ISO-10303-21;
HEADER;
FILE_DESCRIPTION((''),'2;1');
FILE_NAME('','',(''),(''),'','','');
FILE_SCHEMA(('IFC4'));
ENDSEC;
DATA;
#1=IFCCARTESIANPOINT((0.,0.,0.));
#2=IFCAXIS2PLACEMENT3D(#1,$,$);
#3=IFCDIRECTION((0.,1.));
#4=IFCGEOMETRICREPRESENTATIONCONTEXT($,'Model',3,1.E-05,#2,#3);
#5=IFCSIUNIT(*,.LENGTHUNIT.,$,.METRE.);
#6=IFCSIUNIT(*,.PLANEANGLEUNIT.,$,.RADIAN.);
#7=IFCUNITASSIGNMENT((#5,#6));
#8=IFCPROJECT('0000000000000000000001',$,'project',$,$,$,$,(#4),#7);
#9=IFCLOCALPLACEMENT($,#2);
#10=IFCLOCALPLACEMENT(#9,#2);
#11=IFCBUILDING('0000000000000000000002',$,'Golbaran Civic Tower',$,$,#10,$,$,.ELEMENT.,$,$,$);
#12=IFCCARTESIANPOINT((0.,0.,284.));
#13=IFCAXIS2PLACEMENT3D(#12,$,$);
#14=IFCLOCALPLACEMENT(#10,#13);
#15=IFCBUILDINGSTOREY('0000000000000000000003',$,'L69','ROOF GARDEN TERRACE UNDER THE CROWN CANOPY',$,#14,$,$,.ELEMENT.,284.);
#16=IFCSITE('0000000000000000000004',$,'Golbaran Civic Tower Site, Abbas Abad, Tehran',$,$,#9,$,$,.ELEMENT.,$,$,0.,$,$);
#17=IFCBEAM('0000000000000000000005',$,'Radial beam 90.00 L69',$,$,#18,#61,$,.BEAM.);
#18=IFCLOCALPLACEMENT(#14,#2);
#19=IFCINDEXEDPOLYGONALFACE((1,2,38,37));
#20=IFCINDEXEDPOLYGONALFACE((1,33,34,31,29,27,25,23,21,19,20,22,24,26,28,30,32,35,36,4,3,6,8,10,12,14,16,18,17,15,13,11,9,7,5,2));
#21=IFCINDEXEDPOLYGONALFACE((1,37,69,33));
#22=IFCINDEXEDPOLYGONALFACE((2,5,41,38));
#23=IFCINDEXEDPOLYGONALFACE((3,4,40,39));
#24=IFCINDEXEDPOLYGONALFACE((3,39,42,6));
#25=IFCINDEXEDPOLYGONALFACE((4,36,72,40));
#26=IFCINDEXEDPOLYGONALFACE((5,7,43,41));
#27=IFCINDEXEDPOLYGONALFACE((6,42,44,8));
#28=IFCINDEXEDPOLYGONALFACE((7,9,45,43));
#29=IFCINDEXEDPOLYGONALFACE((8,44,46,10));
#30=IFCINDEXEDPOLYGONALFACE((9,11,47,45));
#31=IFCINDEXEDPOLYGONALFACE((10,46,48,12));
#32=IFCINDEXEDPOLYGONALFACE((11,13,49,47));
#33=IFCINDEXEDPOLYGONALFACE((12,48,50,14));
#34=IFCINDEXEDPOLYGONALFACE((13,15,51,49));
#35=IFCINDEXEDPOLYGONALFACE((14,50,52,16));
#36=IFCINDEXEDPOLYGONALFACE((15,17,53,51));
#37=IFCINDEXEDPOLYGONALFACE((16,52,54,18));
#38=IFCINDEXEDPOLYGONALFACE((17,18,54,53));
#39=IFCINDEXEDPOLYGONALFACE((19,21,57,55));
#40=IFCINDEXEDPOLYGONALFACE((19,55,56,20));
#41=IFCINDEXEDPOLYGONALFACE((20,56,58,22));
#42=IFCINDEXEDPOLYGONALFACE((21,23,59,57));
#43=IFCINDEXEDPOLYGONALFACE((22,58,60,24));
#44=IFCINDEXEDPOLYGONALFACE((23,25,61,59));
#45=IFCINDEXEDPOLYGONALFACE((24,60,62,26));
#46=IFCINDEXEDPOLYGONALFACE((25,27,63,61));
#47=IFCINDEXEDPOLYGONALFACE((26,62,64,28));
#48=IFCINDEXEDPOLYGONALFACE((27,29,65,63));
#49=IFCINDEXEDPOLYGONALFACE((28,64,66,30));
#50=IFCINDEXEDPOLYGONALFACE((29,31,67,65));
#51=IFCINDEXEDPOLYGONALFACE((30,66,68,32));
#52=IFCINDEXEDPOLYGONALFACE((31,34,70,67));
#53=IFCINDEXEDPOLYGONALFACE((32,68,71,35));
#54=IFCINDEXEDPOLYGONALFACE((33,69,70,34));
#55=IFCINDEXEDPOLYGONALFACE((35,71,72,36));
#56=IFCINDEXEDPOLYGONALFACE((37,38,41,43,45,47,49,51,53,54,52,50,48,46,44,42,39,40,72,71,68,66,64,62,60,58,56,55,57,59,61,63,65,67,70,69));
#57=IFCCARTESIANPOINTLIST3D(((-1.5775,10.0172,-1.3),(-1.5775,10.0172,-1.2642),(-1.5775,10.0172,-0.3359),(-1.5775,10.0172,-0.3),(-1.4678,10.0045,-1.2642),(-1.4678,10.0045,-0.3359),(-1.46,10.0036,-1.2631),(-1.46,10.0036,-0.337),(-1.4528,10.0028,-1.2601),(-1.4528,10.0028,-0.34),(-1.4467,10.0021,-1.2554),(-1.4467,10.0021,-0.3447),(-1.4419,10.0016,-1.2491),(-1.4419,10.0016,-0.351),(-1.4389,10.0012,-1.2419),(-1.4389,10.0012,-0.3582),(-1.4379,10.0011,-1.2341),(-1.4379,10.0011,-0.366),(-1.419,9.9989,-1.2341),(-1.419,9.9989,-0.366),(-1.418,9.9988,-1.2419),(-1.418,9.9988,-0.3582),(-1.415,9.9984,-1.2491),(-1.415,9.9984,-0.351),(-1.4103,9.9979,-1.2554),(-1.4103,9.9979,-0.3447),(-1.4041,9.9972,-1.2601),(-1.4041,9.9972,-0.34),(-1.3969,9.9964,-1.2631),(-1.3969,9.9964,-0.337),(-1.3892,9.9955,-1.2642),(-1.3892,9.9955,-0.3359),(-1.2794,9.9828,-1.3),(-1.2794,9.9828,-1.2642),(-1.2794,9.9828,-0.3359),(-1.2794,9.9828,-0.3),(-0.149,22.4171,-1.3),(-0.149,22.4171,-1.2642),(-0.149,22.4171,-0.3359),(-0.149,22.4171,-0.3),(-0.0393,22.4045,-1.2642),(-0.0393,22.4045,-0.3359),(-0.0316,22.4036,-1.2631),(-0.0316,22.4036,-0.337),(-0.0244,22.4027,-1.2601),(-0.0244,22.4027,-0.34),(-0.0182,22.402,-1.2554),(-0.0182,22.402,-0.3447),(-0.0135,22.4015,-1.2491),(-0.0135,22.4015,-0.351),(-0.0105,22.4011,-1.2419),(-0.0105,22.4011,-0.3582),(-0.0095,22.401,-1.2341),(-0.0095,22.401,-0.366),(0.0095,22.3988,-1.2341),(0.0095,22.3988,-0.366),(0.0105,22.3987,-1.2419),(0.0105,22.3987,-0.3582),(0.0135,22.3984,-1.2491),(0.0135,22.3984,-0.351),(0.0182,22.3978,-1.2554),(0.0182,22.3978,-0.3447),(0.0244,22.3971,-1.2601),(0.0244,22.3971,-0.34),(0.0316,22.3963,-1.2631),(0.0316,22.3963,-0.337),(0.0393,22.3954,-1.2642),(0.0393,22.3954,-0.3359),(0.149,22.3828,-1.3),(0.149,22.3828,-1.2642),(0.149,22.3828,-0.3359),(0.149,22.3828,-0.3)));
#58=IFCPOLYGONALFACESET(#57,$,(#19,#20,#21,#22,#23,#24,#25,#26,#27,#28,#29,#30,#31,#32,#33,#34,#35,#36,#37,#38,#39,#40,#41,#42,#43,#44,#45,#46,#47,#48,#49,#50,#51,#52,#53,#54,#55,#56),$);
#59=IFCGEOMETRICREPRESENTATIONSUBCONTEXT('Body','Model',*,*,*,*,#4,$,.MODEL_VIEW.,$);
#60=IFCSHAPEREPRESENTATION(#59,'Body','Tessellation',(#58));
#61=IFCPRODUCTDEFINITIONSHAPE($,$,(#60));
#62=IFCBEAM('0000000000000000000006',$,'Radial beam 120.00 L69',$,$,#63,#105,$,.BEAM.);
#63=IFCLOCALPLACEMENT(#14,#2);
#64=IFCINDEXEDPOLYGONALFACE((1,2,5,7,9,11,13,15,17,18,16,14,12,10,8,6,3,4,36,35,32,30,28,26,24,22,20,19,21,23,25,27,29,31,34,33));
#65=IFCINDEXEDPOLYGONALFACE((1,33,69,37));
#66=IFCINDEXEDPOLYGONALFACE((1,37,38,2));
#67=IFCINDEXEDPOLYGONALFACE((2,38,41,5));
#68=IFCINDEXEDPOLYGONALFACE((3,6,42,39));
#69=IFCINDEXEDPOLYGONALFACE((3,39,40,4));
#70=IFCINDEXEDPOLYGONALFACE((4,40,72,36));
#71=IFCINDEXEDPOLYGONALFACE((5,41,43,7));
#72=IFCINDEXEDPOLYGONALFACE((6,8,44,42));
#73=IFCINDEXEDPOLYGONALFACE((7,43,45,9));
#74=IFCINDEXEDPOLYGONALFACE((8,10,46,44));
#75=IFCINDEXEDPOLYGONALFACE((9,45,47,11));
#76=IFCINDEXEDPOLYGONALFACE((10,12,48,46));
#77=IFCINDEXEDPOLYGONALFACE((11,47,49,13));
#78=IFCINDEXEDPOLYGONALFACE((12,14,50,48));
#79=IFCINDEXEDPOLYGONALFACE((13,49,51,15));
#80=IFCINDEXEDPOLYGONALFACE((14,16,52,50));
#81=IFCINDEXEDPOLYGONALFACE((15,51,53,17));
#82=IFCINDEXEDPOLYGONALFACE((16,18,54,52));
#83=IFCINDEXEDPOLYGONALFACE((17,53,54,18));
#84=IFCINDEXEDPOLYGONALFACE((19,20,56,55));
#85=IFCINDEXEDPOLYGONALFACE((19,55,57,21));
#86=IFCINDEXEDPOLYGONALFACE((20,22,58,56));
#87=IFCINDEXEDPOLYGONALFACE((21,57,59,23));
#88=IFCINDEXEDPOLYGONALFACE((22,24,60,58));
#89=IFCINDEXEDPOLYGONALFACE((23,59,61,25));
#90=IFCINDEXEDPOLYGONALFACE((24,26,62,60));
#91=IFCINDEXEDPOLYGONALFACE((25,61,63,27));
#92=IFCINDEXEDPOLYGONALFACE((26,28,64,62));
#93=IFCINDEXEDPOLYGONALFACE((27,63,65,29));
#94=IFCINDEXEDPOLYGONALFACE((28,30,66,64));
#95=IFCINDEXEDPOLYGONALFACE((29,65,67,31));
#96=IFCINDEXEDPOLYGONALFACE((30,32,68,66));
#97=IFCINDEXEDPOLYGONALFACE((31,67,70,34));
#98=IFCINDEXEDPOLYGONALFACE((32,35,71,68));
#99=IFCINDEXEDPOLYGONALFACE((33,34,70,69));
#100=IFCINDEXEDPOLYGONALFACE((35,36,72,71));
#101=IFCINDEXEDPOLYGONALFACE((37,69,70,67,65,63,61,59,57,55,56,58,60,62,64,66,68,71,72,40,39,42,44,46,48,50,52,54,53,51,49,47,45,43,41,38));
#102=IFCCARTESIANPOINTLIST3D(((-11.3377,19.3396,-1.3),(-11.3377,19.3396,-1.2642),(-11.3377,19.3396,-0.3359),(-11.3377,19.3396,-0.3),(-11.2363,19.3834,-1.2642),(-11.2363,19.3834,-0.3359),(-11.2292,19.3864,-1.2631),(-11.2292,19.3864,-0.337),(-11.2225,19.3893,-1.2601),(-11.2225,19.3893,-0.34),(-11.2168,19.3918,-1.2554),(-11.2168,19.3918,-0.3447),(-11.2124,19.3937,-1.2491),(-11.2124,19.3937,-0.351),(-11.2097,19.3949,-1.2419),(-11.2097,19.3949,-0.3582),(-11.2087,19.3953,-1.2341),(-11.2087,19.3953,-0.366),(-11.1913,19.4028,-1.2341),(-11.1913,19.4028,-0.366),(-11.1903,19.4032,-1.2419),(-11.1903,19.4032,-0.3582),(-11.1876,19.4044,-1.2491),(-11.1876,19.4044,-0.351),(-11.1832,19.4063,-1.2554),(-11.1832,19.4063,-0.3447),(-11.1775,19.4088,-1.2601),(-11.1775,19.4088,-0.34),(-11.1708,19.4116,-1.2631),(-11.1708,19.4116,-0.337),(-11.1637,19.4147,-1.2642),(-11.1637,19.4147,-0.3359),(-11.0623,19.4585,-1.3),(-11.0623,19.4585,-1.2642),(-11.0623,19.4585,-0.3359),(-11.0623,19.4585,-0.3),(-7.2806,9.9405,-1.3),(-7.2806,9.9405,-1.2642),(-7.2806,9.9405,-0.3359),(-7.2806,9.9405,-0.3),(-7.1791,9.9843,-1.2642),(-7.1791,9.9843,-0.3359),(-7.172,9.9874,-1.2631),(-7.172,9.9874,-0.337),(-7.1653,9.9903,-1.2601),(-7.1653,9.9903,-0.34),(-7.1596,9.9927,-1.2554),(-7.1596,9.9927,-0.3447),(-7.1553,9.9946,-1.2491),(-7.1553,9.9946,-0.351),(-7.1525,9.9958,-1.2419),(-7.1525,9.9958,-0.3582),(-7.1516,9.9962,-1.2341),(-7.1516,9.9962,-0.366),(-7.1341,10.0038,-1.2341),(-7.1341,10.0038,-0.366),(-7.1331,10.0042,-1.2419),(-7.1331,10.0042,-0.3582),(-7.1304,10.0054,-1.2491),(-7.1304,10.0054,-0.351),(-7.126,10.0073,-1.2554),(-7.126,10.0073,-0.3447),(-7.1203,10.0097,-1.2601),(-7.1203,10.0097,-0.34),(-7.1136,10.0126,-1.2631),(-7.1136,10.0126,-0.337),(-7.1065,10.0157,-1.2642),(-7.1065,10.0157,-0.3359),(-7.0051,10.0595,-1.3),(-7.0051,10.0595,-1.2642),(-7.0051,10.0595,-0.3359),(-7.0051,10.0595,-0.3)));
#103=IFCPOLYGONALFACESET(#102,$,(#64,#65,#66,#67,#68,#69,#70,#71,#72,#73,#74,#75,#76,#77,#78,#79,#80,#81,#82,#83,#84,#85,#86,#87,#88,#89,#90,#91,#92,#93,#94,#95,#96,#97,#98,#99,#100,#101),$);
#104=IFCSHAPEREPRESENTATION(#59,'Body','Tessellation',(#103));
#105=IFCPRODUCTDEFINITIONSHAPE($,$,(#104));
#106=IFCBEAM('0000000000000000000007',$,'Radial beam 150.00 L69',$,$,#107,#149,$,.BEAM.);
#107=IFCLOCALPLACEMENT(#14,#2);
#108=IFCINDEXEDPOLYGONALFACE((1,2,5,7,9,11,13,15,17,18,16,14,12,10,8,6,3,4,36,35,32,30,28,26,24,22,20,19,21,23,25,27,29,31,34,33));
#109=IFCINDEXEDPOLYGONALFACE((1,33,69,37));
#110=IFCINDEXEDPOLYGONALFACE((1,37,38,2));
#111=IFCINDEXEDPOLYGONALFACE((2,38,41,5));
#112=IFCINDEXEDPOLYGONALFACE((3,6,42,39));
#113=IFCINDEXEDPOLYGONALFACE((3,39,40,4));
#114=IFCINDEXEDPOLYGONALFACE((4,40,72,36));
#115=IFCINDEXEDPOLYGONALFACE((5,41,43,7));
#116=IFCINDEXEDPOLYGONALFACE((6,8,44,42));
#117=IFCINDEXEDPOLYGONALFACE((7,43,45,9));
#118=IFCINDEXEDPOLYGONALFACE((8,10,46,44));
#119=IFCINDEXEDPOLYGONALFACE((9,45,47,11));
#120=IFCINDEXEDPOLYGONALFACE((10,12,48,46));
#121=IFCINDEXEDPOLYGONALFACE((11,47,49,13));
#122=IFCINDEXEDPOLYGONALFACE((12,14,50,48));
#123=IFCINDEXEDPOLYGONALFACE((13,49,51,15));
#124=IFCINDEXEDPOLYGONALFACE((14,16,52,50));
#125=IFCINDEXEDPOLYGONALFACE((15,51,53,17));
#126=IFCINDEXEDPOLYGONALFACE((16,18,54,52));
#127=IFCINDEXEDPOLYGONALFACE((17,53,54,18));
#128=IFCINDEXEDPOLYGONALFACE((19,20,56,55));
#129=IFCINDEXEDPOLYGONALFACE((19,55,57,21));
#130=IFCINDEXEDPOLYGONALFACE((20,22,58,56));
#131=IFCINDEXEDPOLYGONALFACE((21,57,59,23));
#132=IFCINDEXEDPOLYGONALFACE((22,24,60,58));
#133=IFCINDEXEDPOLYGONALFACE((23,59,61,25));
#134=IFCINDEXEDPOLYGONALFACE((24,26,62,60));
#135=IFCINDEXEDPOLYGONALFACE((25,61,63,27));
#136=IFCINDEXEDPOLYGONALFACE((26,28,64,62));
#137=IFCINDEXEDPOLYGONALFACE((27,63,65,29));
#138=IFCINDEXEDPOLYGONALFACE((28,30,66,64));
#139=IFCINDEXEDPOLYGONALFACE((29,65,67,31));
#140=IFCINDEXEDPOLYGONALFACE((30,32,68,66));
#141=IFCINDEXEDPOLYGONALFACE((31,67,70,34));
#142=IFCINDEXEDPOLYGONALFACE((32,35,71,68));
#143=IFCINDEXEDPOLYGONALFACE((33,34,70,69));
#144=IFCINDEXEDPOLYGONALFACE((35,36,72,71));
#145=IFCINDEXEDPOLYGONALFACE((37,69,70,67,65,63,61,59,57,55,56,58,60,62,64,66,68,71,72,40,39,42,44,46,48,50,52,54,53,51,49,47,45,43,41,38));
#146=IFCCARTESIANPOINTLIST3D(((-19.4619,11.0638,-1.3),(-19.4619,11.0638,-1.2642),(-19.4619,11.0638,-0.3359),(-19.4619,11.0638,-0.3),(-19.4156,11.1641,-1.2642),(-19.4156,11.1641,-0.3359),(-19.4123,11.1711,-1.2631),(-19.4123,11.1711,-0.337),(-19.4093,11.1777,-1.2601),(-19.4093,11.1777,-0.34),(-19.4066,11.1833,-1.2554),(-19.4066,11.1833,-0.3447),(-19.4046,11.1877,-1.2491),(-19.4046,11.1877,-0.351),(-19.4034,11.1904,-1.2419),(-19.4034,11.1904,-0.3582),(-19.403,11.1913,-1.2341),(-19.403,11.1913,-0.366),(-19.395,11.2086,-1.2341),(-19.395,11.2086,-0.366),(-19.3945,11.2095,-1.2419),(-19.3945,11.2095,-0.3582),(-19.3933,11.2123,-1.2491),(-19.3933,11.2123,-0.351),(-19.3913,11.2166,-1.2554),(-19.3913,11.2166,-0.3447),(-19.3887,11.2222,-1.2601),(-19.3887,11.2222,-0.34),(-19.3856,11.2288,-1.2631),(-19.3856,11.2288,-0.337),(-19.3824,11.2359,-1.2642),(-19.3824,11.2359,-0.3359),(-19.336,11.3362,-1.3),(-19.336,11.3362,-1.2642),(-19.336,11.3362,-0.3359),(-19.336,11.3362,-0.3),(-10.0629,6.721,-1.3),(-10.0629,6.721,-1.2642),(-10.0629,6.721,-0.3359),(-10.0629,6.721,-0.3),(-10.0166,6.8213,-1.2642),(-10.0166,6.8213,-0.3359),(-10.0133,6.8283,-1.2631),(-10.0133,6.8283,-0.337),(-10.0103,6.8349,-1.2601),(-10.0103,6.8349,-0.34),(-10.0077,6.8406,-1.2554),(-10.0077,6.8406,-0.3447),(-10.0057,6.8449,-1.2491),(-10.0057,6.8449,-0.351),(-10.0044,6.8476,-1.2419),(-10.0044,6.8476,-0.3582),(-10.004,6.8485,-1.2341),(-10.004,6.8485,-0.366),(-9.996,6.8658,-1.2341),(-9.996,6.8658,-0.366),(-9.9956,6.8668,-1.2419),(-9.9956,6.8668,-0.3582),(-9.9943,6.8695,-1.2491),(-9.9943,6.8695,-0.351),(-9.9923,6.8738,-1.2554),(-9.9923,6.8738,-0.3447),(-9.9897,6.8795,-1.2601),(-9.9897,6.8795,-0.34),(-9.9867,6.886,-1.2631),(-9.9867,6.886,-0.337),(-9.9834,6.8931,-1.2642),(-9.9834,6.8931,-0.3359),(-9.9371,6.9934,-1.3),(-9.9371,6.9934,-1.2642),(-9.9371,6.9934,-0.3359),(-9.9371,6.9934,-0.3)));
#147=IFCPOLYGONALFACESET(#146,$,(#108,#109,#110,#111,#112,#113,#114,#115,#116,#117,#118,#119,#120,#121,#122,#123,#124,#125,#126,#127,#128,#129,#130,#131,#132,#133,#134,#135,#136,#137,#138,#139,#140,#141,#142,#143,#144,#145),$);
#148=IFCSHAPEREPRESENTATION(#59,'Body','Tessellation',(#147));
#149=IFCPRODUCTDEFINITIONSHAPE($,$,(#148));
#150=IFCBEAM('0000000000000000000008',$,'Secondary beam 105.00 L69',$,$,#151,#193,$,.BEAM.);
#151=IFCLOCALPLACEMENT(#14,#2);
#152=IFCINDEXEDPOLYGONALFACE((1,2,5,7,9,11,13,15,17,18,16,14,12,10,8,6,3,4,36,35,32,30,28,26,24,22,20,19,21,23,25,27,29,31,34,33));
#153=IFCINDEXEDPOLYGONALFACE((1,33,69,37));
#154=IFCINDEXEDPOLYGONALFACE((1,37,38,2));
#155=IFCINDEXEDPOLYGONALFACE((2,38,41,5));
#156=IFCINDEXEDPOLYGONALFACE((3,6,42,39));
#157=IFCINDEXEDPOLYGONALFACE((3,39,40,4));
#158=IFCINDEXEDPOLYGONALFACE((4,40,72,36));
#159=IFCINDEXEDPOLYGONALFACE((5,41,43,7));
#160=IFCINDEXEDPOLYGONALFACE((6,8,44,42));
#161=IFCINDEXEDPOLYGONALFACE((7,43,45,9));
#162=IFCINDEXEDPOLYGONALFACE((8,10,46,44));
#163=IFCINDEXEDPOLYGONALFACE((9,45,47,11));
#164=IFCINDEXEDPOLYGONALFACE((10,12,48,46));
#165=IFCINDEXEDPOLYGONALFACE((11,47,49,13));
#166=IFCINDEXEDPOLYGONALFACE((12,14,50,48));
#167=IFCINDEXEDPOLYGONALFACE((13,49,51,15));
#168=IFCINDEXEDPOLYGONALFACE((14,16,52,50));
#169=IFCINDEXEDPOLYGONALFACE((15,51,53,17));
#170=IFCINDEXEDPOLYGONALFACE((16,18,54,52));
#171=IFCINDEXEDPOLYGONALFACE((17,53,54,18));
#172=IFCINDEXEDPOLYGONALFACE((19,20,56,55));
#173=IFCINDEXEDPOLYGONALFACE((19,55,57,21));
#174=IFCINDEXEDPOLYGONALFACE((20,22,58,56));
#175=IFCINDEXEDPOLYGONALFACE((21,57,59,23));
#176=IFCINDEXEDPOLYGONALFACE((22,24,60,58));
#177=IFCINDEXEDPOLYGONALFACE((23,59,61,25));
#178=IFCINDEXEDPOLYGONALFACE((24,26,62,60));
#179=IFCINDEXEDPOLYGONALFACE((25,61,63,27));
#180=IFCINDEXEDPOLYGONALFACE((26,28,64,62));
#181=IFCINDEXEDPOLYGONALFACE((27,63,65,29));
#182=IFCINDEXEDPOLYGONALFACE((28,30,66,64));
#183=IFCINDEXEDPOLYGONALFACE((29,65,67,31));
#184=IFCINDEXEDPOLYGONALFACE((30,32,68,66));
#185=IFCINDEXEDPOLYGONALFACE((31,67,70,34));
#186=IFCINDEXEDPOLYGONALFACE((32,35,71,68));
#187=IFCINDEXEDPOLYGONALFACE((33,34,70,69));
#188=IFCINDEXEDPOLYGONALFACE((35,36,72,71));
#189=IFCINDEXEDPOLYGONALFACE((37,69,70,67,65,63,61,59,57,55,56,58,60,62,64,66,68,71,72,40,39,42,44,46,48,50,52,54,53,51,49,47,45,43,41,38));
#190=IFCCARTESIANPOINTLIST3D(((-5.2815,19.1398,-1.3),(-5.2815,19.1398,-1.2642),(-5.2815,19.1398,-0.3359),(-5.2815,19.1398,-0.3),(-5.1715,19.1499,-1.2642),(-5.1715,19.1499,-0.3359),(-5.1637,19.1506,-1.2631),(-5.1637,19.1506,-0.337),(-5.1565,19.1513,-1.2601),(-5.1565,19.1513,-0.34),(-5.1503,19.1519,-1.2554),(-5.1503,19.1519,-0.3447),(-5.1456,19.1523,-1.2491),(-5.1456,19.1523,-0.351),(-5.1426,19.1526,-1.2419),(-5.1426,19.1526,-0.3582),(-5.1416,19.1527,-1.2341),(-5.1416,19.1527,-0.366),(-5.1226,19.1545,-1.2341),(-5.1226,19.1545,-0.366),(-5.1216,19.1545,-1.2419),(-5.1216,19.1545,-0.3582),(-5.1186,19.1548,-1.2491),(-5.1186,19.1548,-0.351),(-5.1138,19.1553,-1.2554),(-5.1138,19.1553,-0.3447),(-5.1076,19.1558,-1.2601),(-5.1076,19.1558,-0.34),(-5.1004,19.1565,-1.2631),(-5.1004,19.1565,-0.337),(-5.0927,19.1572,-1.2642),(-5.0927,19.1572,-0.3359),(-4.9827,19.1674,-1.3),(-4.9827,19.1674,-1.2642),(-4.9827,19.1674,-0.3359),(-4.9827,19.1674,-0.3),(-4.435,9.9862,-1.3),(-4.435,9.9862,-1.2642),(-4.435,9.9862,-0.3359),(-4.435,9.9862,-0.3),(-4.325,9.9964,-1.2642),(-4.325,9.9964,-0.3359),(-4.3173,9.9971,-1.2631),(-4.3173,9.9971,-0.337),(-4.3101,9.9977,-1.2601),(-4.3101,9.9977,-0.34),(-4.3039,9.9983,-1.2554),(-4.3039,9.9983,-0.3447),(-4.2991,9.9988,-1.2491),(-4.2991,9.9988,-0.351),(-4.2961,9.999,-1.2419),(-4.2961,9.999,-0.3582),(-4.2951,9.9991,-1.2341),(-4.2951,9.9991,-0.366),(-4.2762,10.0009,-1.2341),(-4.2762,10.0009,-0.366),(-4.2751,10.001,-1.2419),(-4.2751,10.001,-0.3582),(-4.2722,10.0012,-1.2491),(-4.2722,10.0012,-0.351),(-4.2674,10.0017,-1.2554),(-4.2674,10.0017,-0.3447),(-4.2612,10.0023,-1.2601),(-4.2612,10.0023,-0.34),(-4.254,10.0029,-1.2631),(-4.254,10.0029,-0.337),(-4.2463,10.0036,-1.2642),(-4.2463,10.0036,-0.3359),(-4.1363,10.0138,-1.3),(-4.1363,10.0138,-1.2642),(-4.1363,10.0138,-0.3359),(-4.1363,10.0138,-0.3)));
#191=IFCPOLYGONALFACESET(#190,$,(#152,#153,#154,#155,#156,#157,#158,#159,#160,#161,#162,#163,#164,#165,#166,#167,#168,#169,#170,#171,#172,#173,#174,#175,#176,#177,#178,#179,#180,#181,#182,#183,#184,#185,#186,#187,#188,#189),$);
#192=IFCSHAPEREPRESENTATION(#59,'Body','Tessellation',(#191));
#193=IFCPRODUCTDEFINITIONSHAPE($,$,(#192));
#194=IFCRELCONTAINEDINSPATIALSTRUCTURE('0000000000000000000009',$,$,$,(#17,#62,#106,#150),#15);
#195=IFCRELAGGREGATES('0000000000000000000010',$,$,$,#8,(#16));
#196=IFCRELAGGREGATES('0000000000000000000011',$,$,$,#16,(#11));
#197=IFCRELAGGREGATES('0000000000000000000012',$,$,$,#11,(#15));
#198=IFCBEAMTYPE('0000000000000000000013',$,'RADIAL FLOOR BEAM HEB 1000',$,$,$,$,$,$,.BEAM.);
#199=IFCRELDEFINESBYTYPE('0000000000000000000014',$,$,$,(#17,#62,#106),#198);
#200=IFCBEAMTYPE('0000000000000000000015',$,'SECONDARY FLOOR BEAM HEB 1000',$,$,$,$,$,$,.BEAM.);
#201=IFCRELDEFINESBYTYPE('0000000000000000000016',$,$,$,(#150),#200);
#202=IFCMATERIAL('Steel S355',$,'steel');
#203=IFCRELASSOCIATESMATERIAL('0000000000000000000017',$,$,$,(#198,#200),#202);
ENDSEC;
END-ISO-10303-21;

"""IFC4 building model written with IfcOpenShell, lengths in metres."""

from ifc_helpers import new_model, si_unit, direction, frame, origin, origin_2d, place, context, subcontext, project, spatial, i_section, extrude, material, material_profile, profile_set, type_object, element, save


model = new_model("IFC4")

# Units and contexts
model_context = context("Model", 3, precision=1e-05, world=origin(), true_north=direction((0.0, 1.0)))
body_context = subcontext(model_context, "Body", "Model", "MODEL_VIEW")
ifc_project = project(units=[si_unit("LENGTHUNIT", "METRE"), si_unit("PLANEANGLEUNIT", "RADIAN")], contexts=[model_context])

# Site, building, storey
site_placement = place(None, origin())
site = spatial("IfcSite", under=ifc_project, at=site_placement, Name="Golbaran Civic Tower Site, Abbas Abad, Tehran", CompositionType="ELEMENT", RefElevation=0.0)
building_placement = place(site_placement, origin())
building = spatial("IfcBuilding", under=site, at=building_placement, Name="Golbaran Civic Tower", CompositionType="ELEMENT")
storey_placement = place(building_placement, frame((0.0, 0.0, 284.0)))
storey = spatial("IfcBuildingStorey", under=building, at=storey_placement, Name="L69", Description="ROOF GARDEN TERRACE UNDER THE CROWN CANOPY", CompositionType="ELEMENT", Elevation=284.0)

# Shared definitions
ifc_material_1 = material(Name="Steel S355", Category="steel")

# Beams
ifc_material_profile_1 = material_profile(ifc_material_1, i_section(OverallWidth=0.3, OverallDepth=1.0, WebThickness=0.019, FlangeThickness=0.0359, FilletRadius=0.03, at=origin_2d()), Name="HEB 1000")
ifc_profile_set_1 = profile_set([ifc_material_profile_1], Name="Steel S355")
beam_type_1 = type_object("IfcBeamType", Name="RADIAL FLOOR BEAM HEB 1000", PredefinedType="BEAM", material=ifc_profile_set_1)
beam_1_placement = place(storey_placement, frame((-1.4285, 10.0, -0.8), z_axis=(0.114443, 0.99343, 0.0), x_axis=(-0.99343, 0.114443, 0.0)))
element("IfcBeam", 1, at=beam_1_placement, inside=storey, type_object=beam_type_1, Name="Radial beam 90.00 L69", PredefinedType="BEAM", context=body_context, shape_type="SweptSolid", body=[
    extrude(i_section(OverallWidth=0.3, OverallDepth=1.0, WebThickness=0.019, FlangeThickness=0.0359, FilletRadius=0.03, at=origin_2d()), origin(), (0.0, 0.0, 1.0), 12.4819),
])
beam_2_placement = place(storey_placement, frame((-7.1428, 10.0, -0.8), z_axis=(-0.396313, 0.918116, 0.0), x_axis=(-0.918116, -0.396313, 0.0)))
element("IfcBeam", 2, at=beam_2_placement, inside=storey, type_object=beam_type_1, Name="Radial beam 120.00 L69", PredefinedType="BEAM", context=body_context, shape_type="SweptSolid", body=[
    extrude(i_section(OverallWidth=0.3, OverallDepth=1.0, WebThickness=0.019, FlangeThickness=0.0359, FilletRadius=0.03, at=origin_2d()), origin(), (0.0, 0.0, 1.0), 10.2373),
])
beam_3_placement = place(storey_placement, frame((-10.0, 6.8572, -0.8), z_axis=(-0.907783, 0.419441, 0.0), x_axis=(-0.419441, -0.907783, 0.0)))
element("IfcBeam", 3, at=beam_3_placement, inside=storey, type_object=beam_type_1, Name="Radial beam 150.00 L69", PredefinedType="BEAM", context=body_context, shape_type="SweptSolid", body=[
    extrude(i_section(OverallWidth=0.3, OverallDepth=1.0, WebThickness=0.019, FlangeThickness=0.0359, FilletRadius=0.03, at=origin_2d()), origin(), (0.0, 0.0, 1.0), 10.3538),
])
ifc_material_profile_2 = material_profile(ifc_material_1, i_section(OverallWidth=0.3, OverallDepth=1.0, WebThickness=0.019, FlangeThickness=0.0359, FilletRadius=0.03, at=origin_2d()), Name="HEB 1000")
ifc_profile_set_2 = profile_set([ifc_material_profile_2], Name="Steel S355")
beam_type_2 = type_object("IfcBeamType", Name="SECONDARY FLOOR BEAM HEB 1000", PredefinedType="BEAM", material=ifc_profile_set_2)
beam_4_placement = place(storey_placement, frame((-4.2856, 10.0, -0.8), z_axis=(-0.092078, 0.995752, 0.0), x_axis=(-0.995752, -0.092078, 0.0)))
element("IfcBeam", 4, at=beam_4_placement, inside=storey, type_object=beam_type_2, Name="Secondary beam 105.00 L69", PredefinedType="BEAM", context=body_context, shape_type="SweptSolid", body=[
    extrude(i_section(OverallWidth=0.3, OverallDepth=1.0, WebThickness=0.019, FlangeThickness=0.0359, FilletRadius=0.03, at=origin_2d()), origin(), (0.0, 0.0, 1.0), 9.1926),
])

save(model, "model.ifc")
